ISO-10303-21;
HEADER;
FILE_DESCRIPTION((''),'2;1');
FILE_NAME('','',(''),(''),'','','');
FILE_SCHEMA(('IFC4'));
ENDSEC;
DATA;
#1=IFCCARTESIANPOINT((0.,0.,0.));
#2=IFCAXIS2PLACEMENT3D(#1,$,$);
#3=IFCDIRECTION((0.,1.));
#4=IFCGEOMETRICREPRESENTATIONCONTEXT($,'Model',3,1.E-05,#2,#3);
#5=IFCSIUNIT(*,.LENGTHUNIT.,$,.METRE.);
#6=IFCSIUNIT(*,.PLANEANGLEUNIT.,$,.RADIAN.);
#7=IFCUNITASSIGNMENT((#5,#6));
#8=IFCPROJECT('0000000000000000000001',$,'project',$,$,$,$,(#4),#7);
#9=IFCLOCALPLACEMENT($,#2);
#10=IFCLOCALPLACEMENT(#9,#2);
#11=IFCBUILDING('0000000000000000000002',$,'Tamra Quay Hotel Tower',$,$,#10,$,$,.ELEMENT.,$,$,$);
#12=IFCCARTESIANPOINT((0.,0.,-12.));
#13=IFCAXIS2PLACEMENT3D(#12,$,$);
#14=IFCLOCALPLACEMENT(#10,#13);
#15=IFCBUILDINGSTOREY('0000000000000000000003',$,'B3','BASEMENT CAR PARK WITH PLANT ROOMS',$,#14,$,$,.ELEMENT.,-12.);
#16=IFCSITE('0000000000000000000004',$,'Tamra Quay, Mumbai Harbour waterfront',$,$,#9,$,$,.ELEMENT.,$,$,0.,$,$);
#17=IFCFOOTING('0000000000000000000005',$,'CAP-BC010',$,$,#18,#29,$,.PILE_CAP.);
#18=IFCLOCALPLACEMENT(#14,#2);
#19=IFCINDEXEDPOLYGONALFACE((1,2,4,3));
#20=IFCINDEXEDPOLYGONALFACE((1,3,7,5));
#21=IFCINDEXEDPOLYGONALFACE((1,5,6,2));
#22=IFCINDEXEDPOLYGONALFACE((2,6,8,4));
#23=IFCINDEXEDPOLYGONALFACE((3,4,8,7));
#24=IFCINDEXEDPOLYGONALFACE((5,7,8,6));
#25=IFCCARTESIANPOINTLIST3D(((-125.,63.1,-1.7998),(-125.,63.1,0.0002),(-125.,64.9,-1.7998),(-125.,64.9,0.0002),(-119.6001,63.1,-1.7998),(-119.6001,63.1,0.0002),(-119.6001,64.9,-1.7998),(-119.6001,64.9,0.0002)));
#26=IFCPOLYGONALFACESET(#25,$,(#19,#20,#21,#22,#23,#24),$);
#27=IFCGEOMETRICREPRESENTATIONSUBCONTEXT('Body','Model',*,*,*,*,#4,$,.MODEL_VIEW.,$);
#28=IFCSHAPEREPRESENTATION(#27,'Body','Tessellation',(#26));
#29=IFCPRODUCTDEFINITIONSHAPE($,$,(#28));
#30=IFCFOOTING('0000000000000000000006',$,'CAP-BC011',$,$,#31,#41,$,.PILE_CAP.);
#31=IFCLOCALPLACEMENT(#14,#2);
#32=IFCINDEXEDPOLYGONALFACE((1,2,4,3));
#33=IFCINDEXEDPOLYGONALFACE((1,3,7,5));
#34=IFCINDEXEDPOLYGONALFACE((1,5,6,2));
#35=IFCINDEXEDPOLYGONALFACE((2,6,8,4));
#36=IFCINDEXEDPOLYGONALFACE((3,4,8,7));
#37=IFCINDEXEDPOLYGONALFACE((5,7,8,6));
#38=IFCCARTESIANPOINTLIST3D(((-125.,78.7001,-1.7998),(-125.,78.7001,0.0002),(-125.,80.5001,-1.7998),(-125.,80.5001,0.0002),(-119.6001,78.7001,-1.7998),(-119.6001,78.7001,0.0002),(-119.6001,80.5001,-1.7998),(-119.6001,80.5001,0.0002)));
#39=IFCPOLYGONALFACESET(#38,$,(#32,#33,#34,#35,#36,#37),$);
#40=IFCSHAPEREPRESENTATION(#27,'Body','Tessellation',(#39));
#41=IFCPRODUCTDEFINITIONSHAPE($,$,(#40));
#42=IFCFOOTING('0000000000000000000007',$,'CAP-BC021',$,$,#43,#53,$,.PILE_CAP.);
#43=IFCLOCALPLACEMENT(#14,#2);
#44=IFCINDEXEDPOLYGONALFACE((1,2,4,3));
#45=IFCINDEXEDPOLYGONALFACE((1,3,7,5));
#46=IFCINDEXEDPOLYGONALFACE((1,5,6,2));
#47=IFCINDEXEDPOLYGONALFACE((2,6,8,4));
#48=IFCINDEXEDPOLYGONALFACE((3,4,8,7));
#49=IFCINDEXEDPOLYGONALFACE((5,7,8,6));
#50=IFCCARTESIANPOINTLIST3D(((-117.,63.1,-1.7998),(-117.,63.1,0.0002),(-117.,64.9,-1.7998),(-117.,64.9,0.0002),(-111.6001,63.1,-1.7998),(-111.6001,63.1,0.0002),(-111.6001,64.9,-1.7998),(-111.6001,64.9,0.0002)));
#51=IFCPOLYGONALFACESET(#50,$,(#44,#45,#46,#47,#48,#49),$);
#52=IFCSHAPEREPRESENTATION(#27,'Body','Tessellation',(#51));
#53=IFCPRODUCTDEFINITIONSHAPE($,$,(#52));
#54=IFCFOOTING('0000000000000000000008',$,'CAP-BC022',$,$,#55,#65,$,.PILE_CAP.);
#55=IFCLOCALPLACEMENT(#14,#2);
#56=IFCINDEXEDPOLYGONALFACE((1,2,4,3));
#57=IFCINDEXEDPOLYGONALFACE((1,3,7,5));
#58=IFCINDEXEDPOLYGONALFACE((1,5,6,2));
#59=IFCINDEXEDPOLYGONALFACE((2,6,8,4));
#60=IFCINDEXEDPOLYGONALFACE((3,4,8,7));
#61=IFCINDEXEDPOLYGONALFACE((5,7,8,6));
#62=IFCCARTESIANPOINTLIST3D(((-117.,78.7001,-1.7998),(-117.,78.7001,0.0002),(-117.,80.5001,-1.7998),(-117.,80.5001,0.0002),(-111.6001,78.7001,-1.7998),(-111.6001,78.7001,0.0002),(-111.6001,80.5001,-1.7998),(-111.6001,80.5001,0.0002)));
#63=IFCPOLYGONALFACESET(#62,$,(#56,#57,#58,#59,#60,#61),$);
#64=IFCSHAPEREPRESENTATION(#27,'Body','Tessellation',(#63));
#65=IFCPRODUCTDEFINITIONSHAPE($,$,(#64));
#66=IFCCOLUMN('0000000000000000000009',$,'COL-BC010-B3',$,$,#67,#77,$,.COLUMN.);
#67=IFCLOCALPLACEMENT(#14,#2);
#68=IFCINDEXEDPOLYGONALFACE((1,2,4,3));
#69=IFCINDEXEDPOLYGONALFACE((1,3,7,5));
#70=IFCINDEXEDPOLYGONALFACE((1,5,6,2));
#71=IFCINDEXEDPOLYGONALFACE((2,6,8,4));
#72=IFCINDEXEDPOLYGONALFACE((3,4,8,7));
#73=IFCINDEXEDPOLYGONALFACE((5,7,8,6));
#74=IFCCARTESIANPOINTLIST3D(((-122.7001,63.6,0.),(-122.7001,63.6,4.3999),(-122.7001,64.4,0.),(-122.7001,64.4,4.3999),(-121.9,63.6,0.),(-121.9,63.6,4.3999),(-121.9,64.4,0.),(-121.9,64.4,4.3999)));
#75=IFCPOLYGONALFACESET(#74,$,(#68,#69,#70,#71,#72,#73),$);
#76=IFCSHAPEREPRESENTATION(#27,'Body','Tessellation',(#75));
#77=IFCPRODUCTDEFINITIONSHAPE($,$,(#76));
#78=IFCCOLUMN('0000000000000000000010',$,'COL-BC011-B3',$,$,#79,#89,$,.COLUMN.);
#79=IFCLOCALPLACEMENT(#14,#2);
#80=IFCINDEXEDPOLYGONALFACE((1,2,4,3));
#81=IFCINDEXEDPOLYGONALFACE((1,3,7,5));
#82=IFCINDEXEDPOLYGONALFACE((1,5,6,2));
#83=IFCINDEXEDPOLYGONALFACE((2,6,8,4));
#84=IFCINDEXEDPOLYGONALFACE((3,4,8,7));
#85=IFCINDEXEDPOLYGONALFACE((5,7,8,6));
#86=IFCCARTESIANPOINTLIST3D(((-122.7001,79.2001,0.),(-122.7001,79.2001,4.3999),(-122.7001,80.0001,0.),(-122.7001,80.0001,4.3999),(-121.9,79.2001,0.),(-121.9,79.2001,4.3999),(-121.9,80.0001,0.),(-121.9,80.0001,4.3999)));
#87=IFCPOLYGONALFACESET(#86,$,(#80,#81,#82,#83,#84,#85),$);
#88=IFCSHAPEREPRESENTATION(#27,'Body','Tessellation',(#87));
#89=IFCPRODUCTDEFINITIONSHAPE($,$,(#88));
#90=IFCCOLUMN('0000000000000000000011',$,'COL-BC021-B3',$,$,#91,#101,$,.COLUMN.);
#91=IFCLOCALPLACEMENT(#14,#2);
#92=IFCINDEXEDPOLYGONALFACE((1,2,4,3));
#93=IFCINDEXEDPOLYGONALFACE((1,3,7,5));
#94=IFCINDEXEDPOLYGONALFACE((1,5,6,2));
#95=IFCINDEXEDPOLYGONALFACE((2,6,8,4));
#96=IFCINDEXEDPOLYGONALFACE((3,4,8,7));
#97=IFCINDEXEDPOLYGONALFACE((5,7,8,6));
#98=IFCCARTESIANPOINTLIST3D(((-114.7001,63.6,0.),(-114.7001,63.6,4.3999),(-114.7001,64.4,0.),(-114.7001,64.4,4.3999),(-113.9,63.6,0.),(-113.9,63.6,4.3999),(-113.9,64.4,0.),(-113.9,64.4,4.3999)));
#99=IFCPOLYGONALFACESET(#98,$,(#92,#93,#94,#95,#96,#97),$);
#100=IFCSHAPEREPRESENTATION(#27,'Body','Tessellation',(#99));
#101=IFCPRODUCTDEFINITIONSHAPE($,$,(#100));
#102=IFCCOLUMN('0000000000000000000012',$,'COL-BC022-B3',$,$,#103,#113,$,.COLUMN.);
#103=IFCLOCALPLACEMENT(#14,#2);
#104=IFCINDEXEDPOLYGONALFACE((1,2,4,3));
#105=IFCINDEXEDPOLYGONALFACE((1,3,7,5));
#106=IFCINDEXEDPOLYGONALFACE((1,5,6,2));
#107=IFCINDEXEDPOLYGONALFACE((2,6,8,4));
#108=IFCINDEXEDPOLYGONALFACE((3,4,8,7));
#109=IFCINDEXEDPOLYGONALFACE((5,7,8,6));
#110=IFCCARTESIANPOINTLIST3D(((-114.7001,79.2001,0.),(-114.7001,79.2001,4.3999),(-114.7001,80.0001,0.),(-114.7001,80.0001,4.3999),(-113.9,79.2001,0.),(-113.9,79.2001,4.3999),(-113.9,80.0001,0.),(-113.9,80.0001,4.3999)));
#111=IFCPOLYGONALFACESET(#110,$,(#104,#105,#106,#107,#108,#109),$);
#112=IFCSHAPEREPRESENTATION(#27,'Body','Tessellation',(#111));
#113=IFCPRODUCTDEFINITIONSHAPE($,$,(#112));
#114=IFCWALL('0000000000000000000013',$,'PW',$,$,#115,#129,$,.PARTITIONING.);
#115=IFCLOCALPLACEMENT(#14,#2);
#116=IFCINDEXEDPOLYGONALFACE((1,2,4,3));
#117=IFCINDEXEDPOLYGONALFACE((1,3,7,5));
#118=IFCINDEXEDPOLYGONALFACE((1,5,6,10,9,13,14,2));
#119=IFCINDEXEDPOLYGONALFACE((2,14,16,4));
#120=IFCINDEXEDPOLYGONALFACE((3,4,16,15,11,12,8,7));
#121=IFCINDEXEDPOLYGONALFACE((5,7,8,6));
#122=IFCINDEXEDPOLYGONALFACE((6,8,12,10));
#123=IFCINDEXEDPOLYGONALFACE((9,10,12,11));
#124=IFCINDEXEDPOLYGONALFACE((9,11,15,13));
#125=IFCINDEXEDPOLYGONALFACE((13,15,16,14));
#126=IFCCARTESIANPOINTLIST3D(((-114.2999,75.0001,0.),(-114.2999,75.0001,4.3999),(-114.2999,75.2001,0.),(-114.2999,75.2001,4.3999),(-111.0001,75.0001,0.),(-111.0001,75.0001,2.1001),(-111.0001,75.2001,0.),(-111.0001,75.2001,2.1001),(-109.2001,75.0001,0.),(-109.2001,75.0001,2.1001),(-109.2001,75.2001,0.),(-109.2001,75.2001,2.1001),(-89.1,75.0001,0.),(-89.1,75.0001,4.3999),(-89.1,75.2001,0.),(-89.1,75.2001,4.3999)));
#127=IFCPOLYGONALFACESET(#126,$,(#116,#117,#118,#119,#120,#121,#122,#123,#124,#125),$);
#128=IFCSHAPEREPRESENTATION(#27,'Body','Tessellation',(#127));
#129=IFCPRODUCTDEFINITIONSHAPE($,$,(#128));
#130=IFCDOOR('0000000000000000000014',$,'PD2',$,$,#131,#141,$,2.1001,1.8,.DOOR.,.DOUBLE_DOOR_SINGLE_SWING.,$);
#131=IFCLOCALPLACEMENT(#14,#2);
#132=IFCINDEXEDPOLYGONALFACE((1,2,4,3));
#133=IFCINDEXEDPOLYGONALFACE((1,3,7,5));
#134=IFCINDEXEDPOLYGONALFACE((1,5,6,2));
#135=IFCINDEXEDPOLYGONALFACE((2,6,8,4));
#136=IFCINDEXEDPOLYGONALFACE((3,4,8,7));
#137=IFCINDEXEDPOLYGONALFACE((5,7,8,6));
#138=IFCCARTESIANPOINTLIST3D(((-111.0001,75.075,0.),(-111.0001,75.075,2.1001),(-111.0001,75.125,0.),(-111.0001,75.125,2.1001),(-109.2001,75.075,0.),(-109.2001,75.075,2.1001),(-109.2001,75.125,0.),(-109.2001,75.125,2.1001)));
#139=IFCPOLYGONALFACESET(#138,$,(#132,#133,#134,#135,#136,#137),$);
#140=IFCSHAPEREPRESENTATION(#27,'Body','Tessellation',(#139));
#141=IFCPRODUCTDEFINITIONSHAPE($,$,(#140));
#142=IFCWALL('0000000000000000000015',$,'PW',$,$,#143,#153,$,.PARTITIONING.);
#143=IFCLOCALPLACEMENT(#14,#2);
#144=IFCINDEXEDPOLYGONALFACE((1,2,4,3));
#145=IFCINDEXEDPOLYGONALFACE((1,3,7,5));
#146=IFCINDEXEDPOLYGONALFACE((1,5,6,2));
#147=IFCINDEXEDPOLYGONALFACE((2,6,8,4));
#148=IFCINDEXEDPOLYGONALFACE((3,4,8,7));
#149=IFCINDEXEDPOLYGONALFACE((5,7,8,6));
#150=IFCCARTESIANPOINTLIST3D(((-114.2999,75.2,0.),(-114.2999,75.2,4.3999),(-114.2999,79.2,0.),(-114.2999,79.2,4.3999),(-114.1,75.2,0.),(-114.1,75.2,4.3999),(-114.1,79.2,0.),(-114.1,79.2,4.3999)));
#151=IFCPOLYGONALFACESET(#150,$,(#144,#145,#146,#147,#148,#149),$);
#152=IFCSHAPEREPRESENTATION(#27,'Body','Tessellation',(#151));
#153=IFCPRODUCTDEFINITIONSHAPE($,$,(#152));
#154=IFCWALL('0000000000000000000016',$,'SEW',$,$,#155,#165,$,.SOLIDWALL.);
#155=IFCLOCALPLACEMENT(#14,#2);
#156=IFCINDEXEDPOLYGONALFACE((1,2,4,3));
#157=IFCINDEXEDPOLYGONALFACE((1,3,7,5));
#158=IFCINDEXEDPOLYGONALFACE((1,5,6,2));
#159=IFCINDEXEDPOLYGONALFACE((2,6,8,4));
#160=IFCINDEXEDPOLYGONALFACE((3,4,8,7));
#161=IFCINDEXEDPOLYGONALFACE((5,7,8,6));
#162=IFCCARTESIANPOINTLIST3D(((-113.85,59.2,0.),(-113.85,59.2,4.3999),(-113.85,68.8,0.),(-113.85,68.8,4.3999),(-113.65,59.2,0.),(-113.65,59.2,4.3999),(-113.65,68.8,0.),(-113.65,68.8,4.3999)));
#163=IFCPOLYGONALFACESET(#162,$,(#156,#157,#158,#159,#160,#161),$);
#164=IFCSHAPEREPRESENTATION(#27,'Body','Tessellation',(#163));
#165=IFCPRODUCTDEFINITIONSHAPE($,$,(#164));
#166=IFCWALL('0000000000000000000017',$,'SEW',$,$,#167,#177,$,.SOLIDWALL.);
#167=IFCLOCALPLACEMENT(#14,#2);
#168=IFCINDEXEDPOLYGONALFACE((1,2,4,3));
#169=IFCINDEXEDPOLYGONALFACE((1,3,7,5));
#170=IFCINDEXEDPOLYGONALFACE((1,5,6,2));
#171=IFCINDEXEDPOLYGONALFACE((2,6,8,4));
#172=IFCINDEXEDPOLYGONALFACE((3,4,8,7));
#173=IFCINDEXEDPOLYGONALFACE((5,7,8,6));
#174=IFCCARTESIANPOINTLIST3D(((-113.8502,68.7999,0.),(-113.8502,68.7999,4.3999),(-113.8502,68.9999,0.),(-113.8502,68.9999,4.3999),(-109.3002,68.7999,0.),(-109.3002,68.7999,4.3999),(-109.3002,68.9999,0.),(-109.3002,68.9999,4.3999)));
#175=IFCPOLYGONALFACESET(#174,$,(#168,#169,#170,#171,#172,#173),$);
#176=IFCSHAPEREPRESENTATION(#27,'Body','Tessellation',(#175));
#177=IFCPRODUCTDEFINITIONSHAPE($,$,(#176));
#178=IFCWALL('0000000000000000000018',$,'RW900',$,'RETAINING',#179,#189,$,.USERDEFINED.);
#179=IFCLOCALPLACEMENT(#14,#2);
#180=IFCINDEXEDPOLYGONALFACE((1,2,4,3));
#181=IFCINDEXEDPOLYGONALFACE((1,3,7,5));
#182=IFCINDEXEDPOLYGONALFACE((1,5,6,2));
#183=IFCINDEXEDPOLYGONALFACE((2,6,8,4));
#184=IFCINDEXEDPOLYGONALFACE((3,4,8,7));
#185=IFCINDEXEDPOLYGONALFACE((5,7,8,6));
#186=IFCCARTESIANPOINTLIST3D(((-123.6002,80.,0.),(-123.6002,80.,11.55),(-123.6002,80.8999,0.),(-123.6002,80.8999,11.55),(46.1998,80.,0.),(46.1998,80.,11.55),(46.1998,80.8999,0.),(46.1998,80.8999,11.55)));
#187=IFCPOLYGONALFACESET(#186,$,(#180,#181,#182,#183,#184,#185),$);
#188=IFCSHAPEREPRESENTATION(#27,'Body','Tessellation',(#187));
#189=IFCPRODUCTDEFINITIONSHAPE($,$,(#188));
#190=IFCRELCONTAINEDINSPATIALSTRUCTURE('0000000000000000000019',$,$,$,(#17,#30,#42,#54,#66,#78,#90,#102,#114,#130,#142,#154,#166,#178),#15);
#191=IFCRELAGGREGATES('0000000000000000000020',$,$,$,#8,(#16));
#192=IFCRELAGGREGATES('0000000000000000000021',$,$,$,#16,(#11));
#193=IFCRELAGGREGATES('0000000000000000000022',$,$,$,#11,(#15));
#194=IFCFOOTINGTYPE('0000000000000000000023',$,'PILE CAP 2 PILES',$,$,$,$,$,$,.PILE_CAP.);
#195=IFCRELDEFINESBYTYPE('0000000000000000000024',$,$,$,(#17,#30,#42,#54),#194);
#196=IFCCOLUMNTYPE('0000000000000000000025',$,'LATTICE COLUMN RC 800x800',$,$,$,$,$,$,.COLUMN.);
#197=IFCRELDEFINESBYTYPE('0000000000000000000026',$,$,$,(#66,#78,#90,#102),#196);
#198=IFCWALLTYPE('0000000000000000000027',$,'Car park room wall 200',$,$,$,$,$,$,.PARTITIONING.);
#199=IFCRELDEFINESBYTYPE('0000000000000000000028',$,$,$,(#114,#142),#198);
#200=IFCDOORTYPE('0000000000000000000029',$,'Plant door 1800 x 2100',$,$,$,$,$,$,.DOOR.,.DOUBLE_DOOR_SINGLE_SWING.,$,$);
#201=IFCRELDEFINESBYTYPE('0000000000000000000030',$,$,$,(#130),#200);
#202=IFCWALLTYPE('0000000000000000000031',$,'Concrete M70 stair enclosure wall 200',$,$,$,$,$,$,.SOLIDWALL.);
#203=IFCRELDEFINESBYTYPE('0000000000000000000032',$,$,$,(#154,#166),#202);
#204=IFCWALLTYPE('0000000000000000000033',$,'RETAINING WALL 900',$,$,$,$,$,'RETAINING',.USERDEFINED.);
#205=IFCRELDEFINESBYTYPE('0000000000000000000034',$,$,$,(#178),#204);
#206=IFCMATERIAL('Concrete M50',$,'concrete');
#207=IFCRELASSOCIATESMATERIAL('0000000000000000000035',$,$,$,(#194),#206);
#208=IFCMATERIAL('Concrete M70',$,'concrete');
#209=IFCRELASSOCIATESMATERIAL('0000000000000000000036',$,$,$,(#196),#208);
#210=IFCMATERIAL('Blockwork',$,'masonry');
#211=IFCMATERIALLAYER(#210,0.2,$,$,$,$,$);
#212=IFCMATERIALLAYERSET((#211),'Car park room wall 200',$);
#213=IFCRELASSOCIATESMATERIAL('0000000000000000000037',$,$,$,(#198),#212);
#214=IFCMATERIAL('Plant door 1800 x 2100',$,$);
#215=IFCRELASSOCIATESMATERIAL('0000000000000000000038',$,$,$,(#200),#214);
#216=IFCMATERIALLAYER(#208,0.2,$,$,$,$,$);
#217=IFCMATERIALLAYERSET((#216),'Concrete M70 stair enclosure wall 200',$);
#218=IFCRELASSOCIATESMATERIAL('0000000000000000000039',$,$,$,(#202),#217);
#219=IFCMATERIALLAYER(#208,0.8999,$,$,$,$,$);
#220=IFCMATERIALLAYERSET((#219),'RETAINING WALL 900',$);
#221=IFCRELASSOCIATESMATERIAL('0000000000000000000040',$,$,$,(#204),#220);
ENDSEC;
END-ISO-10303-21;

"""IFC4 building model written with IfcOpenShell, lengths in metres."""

from ifc_helpers import new_model, si_unit, direction, frame, frame_2d, origin, origin_2d, place, context, subcontext, project, spatial, rectangle, extrude, material, layer, layer_set, material_profile, profile_set, type_object, element, fill, save


model = new_model("IFC4")

# Units and contexts
model_context = context("Model", 3, precision=1e-05, world=origin(), true_north=direction((0.0, 1.0)))
body_context = subcontext(model_context, "Body", "Model", "MODEL_VIEW")
ifc_project = project(units=[si_unit("LENGTHUNIT", "METRE"), si_unit("PLANEANGLEUNIT", "RADIAN")], contexts=[model_context])

# Site, building, storey
site_placement = place(None, origin())
site = spatial("IfcSite", under=ifc_project, at=site_placement, Name="Tamra Quay, Mumbai Harbour waterfront", CompositionType="ELEMENT", RefElevation=0.0)
building_placement = place(site_placement, origin())
building = spatial("IfcBuilding", under=site, at=building_placement, Name="Tamra Quay Hotel Tower", CompositionType="ELEMENT")
storey_placement = place(building_placement, frame((0.0, 0.0, -12.0)))
storey = spatial("IfcBuildingStorey", under=building, at=storey_placement, Name="B3", Description="BASEMENT CAR PARK WITH PLANT ROOMS", CompositionType="ELEMENT", Elevation=-12.0)

# Footings
ifc_material_1 = material(Name="Concrete M50", Category="concrete")
footing_type = type_object("IfcFootingType", Name="PILE CAP 2 PILES", PredefinedType="PILE_CAP", material=ifc_material_1)
for number, where, z_axis, x_axis, name in (
    (1, (-122.3, 64.0, -1.7998), (0.0, 0.0, 1.0), (1.0, 0.0, 0.0), "CAP-BC010"),
    (2, (-122.3, 79.6001, -1.7998), (0.0, 0.0, 1.0), (1.0, 0.0, 0.0), "CAP-BC011"),
    (3, (-114.3, 64.0, -1.7998), (0.0, 0.0, 1.0), (1.0, 0.0, 0.0), "CAP-BC021"),
    (4, (-114.3, 79.6001, -1.7998), (0.0, 0.0, 1.0), (1.0, 0.0, 0.0), "CAP-BC022"),
):
    element("IfcFooting", number, at=place(storey_placement, frame(where, z_axis=z_axis, x_axis=x_axis)), inside=storey, type_object=footing_type, Name=name, PredefinedType="PILE_CAP", context=body_context, shape_type="SweptSolid", body=[
        extrude(rectangle(XDim=5.3999, YDim=1.8, at=origin_2d()), origin(), (0.0, 0.0, 1.0), 1.8),
    ])

# Columns
ifc_material_2 = material(Name="Concrete M70", Category="concrete")
ifc_material_profile_1 = material_profile(ifc_material_2, rectangle(XDim=0.8, YDim=0.8, at=origin_2d()), Name="LATTICE COLUMN RC 800x800")
ifc_profile_set_1 = profile_set([ifc_material_profile_1], Name="Concrete M70")
column_type = type_object("IfcColumnType", Name="LATTICE COLUMN RC 800x800", PredefinedType="COLUMN", material=ifc_profile_set_1)
for number, where, z_axis, x_axis, name in (
    (5, (-122.3, 64.0, 0.0), (0.0, 0.0, 1.0), (1.0, 0.0, 0.0), "COL-BC010-B3"),
    (6, (-122.3, 79.6001, 0.0), (0.0, 0.0, 1.0), (1.0, 0.0, 0.0), "COL-BC011-B3"),
    (7, (-114.3, 64.0, 0.0), (0.0, 0.0, 1.0), (1.0, 0.0, 0.0), "COL-BC021-B3"),
    (8, (-114.3, 79.6001, 0.0), (0.0, 0.0, 1.0), (1.0, 0.0, 0.0), "COL-BC022-B3"),
):
    element("IfcColumn", number, at=place(storey_placement, frame(where, z_axis=z_axis, x_axis=x_axis)), inside=storey, type_object=column_type, Name=name, PredefinedType="COLUMN", context=body_context, shape_type="SweptSolid", body=[
        extrude(rectangle(XDim=0.8, YDim=0.8, at=origin_2d()), origin(), (0.0, 0.0, 1.0), 4.3999),
    ])

# Wall, opening, door
ifc_material_3 = material(Name="Blockwork", Category="masonry")
ifc_layer_1 = layer(ifc_material_3, 0.2)
ifc_layer_set_1 = layer_set([ifc_layer_1], Name="Car park room wall 200")
wall_type_1 = type_object("IfcWallType", Name="Car park room wall 200", PredefinedType="PARTITIONING", material=ifc_layer_set_1)
wall_1_placement = place(storey_placement, frame((-114.3, 75.1001, 0.0), z_axis=(0.0, 0.0, 1.0), x_axis=(1.0, 0.0, 0.0)))
wall_1 = element("IfcWall", 9, at=wall_1_placement, inside=storey, type_object=wall_type_1, Name="PW", PredefinedType="PARTITIONING", context=body_context, shape_type="SweptSolid", body=[
    extrude(rectangle(XDim=25.2, YDim=0.2, at=frame_2d((12.6001, 0.0))), origin(), (0.0, 0.0, 1.0), 4.3999),
])
opening_placement = place(wall_1_placement, frame((3.3, 0.0, 0.0)))
opening = element("IfcOpeningElement", 10, at=opening_placement, cuts=wall_1, PredefinedType="OPENING", context=body_context, shape_type="SweptSolid", body=[
    extrude(rectangle(XDim=1.8, YDim=2.1001, at=frame_2d((0.8999, 1.05))), frame((0.0, 0.1099, 0.0), z_axis=(0.0, -1.0, 0.0), x_axis=(1.0, 0.0, 0.0)), (0.0, 0.0, 1.0), 0.22),
])
ifc_material_4 = material(Name="Plant door 1800 x 2100")
door_type = type_object("IfcDoorType", Name="Plant door 1800 x 2100", OperationType="DOUBLE_DOOR_SINGLE_SWING", PredefinedType="DOOR", material=ifc_material_4)
door_placement = place(opening_placement, origin())
door = element("IfcDoor", 11, at=door_placement, inside=storey, type_object=door_type, Name="PD2", OperationType="DOUBLE_DOOR_SINGLE_SWING", OverallHeight=2.1001, OverallWidth=1.8, PredefinedType="DOOR", context=body_context, shape_type="SweptSolid", body=[
    extrude(rectangle(XDim=1.8, YDim=2.1001, at=frame_2d((0.8999, 1.05))), frame((0.0, 0.0249, 0.0), z_axis=(0.0, -1.0, 0.0), x_axis=(1.0, 0.0, 0.0)), (0.0, 0.0, 1.0), 0.05),
])
fill(opening, door)

# Walls
wall_2_placement = place(storey_placement, frame((-114.2, 75.2, 0.0), z_axis=(0.0, 0.0, 1.0), x_axis=(0.0, 1.0, 0.0)))
element("IfcWall", 12, at=wall_2_placement, inside=storey, type_object=wall_type_1, Name="PW", PredefinedType="PARTITIONING", context=body_context, shape_type="SweptSolid", body=[
    extrude(rectangle(XDim=4.0, YDim=0.2, at=frame_2d((2.0, 0.0))), origin(), (0.0, 0.0, 1.0), 4.3999),
])
ifc_layer_2 = layer(ifc_material_2, 0.2)
ifc_layer_set_2 = layer_set([ifc_layer_2], Name="Concrete M70 stair enclosure wall 200")
wall_type_2 = type_object("IfcWallType", Name="Concrete M70 stair enclosure wall 200", PredefinedType="SOLIDWALL", material=ifc_layer_set_2)
wall_3_placement = place(storey_placement, frame((-113.75, 59.2, 0.0), z_axis=(0.0, 0.0, 1.0), x_axis=(0.0, 1.0, 0.0)))
element("IfcWall", 13, at=wall_3_placement, inside=storey, type_object=wall_type_2, Name="SEW", PredefinedType="SOLIDWALL", context=body_context, shape_type="SweptSolid", body=[
    extrude(rectangle(XDim=9.6001, YDim=0.2, at=frame_2d((4.8, 0.0))), origin(), (0.0, 0.0, 1.0), 4.3999),
])
wall_4_placement = place(storey_placement, frame((-113.8501, 68.8999, 0.0), z_axis=(0.0, 0.0, 1.0), x_axis=(1.0, 0.0, 0.0)))
element("IfcWall", 14, at=wall_4_placement, inside=storey, type_object=wall_type_2, Name="SEW", PredefinedType="SOLIDWALL", context=body_context, shape_type="SweptSolid", body=[
    extrude(rectangle(XDim=4.55, YDim=0.2, at=frame_2d((2.2749, 0.0))), origin(), (0.0, 0.0, 1.0), 4.3999),
])
ifc_layer_3 = layer(ifc_material_2, 0.8999)
ifc_layer_set_3 = layer_set([ifc_layer_3], Name="RETAINING WALL 900")
wall_type_3 = type_object("IfcWallType", Name="RETAINING WALL 900", ElementType="RETAINING", PredefinedType="USERDEFINED", material=ifc_layer_set_3)
wall_5_placement = place(storey_placement, frame((-123.6001, 80.45, 0.0), z_axis=(0.0, 0.0, 1.0), x_axis=(1.0, 0.0, 0.0)))
element("IfcWall", 15, at=wall_5_placement, inside=storey, type_object=wall_type_3, Name="RW900", ObjectType="RETAINING", PredefinedType="USERDEFINED", context=body_context, shape_type="SweptSolid", body=[
    extrude(rectangle(XDim=169.8, YDim=0.8999, at=frame_2d((84.8999, 0.0))), origin(), (0.0, 0.0, 1.0), 11.55),
])

save(model, "model.ifc")
